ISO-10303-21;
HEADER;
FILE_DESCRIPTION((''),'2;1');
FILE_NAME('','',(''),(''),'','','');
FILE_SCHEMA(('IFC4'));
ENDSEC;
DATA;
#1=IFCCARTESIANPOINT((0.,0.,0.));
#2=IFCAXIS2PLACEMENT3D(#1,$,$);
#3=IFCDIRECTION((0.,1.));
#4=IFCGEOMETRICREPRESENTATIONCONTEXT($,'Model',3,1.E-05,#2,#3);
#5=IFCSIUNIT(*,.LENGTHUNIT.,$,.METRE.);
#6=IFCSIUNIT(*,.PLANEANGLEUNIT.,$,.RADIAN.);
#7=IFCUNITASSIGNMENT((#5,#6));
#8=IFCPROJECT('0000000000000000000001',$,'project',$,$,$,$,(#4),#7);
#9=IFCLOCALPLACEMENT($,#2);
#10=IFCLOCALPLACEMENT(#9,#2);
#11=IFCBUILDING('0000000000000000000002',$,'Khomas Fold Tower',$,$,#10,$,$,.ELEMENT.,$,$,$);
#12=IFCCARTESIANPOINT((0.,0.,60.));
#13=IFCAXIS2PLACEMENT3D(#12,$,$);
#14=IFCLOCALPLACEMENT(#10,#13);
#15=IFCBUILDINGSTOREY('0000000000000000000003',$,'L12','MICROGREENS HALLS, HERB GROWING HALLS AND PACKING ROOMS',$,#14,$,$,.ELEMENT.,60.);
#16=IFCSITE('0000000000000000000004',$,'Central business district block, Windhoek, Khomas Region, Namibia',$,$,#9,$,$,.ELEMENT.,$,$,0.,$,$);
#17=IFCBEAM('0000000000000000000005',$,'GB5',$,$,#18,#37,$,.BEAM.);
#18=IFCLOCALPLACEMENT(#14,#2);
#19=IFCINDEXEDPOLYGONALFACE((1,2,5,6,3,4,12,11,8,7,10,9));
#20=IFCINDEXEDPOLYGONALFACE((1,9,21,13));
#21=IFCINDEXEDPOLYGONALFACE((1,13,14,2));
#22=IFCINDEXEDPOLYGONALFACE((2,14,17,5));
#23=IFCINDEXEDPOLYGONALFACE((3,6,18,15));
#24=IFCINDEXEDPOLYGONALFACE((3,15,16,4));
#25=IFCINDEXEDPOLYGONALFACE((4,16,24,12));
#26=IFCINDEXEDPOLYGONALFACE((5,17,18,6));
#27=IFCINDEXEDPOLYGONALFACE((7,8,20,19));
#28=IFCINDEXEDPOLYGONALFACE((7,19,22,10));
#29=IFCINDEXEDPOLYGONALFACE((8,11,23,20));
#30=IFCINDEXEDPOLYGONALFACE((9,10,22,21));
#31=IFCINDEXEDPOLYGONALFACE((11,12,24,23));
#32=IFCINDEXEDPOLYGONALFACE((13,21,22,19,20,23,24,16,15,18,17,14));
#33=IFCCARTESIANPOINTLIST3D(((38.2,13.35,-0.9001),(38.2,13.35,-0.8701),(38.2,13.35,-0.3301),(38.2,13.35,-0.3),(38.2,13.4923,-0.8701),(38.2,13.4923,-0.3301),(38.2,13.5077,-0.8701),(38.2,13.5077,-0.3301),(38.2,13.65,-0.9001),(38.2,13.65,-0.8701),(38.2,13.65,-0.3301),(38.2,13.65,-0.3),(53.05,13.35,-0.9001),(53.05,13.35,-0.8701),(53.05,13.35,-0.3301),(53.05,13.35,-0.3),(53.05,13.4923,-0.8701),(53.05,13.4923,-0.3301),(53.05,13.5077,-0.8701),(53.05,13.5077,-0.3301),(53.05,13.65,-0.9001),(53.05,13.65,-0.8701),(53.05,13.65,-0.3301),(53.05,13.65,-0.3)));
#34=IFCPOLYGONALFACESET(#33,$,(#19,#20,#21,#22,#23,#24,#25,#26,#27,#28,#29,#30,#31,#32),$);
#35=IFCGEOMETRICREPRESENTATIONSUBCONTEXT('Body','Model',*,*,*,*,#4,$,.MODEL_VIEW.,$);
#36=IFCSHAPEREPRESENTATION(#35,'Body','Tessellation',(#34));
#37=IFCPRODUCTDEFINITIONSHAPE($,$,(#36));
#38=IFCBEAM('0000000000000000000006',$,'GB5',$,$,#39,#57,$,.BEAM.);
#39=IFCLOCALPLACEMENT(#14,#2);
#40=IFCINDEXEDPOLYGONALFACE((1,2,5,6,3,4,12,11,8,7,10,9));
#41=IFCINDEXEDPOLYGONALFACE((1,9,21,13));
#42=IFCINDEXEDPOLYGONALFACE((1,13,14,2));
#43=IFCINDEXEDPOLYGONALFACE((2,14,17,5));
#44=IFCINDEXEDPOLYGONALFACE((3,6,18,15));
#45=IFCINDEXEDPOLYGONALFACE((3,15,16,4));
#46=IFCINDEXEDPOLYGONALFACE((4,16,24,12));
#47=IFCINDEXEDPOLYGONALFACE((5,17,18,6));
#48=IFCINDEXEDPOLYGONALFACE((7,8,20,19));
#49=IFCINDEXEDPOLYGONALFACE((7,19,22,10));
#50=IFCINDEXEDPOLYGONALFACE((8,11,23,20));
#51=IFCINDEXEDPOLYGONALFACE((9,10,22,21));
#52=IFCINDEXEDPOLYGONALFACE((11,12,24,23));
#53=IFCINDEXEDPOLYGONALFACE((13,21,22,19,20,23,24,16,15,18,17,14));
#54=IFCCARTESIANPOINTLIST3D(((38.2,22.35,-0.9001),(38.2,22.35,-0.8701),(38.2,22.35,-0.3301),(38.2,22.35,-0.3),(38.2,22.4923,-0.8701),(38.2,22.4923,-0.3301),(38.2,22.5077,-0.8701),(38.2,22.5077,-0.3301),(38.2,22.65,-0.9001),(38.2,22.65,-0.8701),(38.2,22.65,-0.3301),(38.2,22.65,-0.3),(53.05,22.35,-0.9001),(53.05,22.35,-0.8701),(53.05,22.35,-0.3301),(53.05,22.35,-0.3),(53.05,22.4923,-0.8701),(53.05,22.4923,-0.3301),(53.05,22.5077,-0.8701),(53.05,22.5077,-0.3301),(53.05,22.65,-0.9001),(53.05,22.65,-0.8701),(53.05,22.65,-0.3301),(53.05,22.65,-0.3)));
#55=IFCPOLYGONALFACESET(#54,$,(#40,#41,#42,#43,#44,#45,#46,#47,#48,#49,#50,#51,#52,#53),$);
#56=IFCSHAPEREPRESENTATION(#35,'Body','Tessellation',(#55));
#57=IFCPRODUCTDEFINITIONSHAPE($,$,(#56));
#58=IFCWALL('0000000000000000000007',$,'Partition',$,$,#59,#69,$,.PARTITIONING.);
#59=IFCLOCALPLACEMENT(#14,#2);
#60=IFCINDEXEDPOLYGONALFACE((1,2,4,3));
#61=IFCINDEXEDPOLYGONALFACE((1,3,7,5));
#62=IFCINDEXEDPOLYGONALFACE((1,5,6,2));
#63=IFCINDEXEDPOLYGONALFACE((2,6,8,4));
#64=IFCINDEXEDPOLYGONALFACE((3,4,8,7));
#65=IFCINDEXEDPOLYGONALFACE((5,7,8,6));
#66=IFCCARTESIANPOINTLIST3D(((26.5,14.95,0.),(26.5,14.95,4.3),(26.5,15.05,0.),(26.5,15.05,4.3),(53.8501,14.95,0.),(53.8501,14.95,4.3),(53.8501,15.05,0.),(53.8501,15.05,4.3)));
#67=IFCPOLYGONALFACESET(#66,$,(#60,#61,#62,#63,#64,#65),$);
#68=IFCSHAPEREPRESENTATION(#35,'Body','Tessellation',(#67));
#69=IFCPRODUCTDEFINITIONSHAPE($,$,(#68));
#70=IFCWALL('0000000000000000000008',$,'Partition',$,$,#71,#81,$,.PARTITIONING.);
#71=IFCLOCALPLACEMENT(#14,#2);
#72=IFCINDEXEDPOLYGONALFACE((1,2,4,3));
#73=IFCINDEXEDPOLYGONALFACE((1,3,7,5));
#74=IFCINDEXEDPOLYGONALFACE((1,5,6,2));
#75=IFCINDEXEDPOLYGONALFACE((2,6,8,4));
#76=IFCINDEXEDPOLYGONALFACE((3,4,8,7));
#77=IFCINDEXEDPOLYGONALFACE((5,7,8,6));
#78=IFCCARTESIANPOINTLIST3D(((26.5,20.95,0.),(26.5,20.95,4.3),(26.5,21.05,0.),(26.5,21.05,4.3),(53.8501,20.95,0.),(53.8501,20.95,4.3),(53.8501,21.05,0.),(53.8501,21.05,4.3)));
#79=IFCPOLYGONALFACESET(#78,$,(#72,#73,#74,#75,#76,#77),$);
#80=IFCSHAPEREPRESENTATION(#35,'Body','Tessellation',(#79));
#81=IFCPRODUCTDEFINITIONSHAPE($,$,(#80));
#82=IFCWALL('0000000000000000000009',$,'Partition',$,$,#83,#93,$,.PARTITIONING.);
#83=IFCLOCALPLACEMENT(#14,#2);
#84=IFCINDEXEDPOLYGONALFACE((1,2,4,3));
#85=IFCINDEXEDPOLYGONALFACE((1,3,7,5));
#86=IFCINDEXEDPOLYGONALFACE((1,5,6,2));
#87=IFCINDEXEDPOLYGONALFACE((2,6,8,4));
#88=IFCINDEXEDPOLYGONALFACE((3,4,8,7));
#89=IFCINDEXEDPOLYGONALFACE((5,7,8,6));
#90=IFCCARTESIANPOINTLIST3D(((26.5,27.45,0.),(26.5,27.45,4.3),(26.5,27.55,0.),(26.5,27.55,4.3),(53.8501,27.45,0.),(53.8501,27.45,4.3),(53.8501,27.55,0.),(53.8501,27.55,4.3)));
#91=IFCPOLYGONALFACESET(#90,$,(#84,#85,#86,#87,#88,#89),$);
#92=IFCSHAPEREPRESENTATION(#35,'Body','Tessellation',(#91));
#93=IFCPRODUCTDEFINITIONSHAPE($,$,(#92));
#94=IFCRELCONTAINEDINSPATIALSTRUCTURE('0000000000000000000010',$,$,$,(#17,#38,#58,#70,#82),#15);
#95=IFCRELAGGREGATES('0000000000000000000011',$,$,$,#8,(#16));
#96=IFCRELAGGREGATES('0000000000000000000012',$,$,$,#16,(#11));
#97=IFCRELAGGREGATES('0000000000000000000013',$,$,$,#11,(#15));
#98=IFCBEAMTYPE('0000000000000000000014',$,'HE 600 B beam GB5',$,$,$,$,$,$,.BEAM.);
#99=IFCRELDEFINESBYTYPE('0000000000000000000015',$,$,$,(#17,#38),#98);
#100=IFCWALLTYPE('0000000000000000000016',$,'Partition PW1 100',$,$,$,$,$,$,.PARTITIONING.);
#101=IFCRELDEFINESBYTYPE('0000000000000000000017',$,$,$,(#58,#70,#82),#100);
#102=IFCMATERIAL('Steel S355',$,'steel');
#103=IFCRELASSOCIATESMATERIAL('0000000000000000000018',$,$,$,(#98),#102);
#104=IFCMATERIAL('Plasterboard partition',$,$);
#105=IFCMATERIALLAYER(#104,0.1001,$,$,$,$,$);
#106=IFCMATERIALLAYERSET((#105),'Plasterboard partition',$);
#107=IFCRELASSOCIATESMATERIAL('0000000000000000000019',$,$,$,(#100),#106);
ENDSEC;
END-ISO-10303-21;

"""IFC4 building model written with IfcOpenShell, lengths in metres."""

from ifc_helpers import new_model, si_unit, direction, frame, frame_2d, origin, origin_2d, place, context, subcontext, project, spatial, rectangle, i_section, extrude, source, transform, mapped, material, layer, layer_set, material_profile, profile_set, type_object, element, save


model = new_model("IFC4")

# Units and contexts
model_context = context("Model", 3, precision=1e-05, world=origin(), true_north=direction((0.0, 1.0)))
body_context = subcontext(model_context, "Body", "Model", "MODEL_VIEW")
ifc_project = project(units=[si_unit("LENGTHUNIT", "METRE"), si_unit("PLANEANGLEUNIT", "RADIAN")], contexts=[model_context])

# Site, building, storey
site_placement = place(None, origin())
site = spatial("IfcSite", under=ifc_project, at=site_placement, Name="Central business district block, Windhoek, Khomas Region, Namibia", CompositionType="ELEMENT", RefElevation=0.0)
building_placement = place(site_placement, origin())
building = spatial("IfcBuilding", under=site, at=building_placement, Name="Khomas Fold Tower", CompositionType="ELEMENT")
storey_placement = place(building_placement, frame((0.0, 0.0, 60.0)))
storey = spatial("IfcBuildingStorey", under=building, at=storey_placement, Name="L12", Description="MICROGREENS HALLS, HERB GROWING HALLS AND PACKING ROOMS", CompositionType="ELEMENT", Elevation=60.0)

# Beams
ifc_material_1 = material(Name="Steel S355", Category="steel")
ifc_material_profile_1 = material_profile(ifc_material_1, i_section(OverallWidth=0.3, OverallDepth=0.6001, WebThickness=0.0154, FlangeThickness=0.03, at=origin_2d()), Name="HE 600 B")
ifc_profile_set_1 = profile_set([ifc_material_profile_1], Name="Steel S355")
beam_type_1 = type_object("IfcBeamType", Name="HE 600 B beam GB5", PredefinedType="BEAM", material=ifc_profile_set_1)
shared_shape_1 = source(origin(), body_context, "Body", "SweptSolid", [
    extrude(i_section(OverallWidth=0.3, OverallDepth=0.6001, WebThickness=0.0154, FlangeThickness=0.03, at=origin_2d()), origin(), (0.0, 0.0, 1.0), 14.8501),
])
for number, where, z_axis, x_axis, name in (
    (1, (38.2, 13.5, -0.6001), (1.0, 0.0, 0.0), (0.0, 1.0, 0.0), "GB5"),
    (2, (38.2, 22.5, -0.6001), (1.0, 0.0, 0.0), (0.0, 1.0, 0.0), "GB5"),
):
    element("IfcBeam", number, at=place(storey_placement, frame(where, z_axis=z_axis, x_axis=x_axis)), inside=storey, type_object=beam_type_1, Name=name, PredefinedType="BEAM", context=body_context, shape_type="MappedRepresentation", body=[
        mapped(shared_shape_1, transform((0.0, 0.0, 0.0))),
    ])

# Walls
ifc_material_2 = material(Name="Plasterboard partition")
ifc_layer = layer(ifc_material_2, 0.1001)
ifc_layer_set = layer_set([ifc_layer], Name="Plasterboard partition")
wall_type = type_object("IfcWallType", Name="Partition PW1 100", PredefinedType="PARTITIONING", material=ifc_layer_set)
shared_shape_2 = source(origin(), body_context, "Body", "SweptSolid", [
    extrude(rectangle(XDim=27.3501, YDim=0.1001, at=frame_2d((13.675, 0.0))), origin(), (0.0, 0.0, 1.0), 4.3),
])
for number, where, z_axis, x_axis, name in (
    (3, (26.5, 15.0, 0.0), (0.0, 0.0, 1.0), (1.0, 0.0, 0.0), "Partition"),
    (4, (26.5, 21.0, 0.0), (0.0, 0.0, 1.0), (1.0, 0.0, 0.0), "Partition"),
    (5, (26.5, 27.5, 0.0), (0.0, 0.0, 1.0), (1.0, 0.0, 0.0), "Partition"),
):
    element("IfcWall", number, at=place(storey_placement, frame(where, z_axis=z_axis, x_axis=x_axis)), inside=storey, type_object=wall_type, Name=name, PredefinedType="PARTITIONING", context=body_context, shape_type="MappedRepresentation", body=[
        mapped(shared_shape_2, transform((0.0, 0.0, 0.0))),
    ])

save(model, "model.ifc")
